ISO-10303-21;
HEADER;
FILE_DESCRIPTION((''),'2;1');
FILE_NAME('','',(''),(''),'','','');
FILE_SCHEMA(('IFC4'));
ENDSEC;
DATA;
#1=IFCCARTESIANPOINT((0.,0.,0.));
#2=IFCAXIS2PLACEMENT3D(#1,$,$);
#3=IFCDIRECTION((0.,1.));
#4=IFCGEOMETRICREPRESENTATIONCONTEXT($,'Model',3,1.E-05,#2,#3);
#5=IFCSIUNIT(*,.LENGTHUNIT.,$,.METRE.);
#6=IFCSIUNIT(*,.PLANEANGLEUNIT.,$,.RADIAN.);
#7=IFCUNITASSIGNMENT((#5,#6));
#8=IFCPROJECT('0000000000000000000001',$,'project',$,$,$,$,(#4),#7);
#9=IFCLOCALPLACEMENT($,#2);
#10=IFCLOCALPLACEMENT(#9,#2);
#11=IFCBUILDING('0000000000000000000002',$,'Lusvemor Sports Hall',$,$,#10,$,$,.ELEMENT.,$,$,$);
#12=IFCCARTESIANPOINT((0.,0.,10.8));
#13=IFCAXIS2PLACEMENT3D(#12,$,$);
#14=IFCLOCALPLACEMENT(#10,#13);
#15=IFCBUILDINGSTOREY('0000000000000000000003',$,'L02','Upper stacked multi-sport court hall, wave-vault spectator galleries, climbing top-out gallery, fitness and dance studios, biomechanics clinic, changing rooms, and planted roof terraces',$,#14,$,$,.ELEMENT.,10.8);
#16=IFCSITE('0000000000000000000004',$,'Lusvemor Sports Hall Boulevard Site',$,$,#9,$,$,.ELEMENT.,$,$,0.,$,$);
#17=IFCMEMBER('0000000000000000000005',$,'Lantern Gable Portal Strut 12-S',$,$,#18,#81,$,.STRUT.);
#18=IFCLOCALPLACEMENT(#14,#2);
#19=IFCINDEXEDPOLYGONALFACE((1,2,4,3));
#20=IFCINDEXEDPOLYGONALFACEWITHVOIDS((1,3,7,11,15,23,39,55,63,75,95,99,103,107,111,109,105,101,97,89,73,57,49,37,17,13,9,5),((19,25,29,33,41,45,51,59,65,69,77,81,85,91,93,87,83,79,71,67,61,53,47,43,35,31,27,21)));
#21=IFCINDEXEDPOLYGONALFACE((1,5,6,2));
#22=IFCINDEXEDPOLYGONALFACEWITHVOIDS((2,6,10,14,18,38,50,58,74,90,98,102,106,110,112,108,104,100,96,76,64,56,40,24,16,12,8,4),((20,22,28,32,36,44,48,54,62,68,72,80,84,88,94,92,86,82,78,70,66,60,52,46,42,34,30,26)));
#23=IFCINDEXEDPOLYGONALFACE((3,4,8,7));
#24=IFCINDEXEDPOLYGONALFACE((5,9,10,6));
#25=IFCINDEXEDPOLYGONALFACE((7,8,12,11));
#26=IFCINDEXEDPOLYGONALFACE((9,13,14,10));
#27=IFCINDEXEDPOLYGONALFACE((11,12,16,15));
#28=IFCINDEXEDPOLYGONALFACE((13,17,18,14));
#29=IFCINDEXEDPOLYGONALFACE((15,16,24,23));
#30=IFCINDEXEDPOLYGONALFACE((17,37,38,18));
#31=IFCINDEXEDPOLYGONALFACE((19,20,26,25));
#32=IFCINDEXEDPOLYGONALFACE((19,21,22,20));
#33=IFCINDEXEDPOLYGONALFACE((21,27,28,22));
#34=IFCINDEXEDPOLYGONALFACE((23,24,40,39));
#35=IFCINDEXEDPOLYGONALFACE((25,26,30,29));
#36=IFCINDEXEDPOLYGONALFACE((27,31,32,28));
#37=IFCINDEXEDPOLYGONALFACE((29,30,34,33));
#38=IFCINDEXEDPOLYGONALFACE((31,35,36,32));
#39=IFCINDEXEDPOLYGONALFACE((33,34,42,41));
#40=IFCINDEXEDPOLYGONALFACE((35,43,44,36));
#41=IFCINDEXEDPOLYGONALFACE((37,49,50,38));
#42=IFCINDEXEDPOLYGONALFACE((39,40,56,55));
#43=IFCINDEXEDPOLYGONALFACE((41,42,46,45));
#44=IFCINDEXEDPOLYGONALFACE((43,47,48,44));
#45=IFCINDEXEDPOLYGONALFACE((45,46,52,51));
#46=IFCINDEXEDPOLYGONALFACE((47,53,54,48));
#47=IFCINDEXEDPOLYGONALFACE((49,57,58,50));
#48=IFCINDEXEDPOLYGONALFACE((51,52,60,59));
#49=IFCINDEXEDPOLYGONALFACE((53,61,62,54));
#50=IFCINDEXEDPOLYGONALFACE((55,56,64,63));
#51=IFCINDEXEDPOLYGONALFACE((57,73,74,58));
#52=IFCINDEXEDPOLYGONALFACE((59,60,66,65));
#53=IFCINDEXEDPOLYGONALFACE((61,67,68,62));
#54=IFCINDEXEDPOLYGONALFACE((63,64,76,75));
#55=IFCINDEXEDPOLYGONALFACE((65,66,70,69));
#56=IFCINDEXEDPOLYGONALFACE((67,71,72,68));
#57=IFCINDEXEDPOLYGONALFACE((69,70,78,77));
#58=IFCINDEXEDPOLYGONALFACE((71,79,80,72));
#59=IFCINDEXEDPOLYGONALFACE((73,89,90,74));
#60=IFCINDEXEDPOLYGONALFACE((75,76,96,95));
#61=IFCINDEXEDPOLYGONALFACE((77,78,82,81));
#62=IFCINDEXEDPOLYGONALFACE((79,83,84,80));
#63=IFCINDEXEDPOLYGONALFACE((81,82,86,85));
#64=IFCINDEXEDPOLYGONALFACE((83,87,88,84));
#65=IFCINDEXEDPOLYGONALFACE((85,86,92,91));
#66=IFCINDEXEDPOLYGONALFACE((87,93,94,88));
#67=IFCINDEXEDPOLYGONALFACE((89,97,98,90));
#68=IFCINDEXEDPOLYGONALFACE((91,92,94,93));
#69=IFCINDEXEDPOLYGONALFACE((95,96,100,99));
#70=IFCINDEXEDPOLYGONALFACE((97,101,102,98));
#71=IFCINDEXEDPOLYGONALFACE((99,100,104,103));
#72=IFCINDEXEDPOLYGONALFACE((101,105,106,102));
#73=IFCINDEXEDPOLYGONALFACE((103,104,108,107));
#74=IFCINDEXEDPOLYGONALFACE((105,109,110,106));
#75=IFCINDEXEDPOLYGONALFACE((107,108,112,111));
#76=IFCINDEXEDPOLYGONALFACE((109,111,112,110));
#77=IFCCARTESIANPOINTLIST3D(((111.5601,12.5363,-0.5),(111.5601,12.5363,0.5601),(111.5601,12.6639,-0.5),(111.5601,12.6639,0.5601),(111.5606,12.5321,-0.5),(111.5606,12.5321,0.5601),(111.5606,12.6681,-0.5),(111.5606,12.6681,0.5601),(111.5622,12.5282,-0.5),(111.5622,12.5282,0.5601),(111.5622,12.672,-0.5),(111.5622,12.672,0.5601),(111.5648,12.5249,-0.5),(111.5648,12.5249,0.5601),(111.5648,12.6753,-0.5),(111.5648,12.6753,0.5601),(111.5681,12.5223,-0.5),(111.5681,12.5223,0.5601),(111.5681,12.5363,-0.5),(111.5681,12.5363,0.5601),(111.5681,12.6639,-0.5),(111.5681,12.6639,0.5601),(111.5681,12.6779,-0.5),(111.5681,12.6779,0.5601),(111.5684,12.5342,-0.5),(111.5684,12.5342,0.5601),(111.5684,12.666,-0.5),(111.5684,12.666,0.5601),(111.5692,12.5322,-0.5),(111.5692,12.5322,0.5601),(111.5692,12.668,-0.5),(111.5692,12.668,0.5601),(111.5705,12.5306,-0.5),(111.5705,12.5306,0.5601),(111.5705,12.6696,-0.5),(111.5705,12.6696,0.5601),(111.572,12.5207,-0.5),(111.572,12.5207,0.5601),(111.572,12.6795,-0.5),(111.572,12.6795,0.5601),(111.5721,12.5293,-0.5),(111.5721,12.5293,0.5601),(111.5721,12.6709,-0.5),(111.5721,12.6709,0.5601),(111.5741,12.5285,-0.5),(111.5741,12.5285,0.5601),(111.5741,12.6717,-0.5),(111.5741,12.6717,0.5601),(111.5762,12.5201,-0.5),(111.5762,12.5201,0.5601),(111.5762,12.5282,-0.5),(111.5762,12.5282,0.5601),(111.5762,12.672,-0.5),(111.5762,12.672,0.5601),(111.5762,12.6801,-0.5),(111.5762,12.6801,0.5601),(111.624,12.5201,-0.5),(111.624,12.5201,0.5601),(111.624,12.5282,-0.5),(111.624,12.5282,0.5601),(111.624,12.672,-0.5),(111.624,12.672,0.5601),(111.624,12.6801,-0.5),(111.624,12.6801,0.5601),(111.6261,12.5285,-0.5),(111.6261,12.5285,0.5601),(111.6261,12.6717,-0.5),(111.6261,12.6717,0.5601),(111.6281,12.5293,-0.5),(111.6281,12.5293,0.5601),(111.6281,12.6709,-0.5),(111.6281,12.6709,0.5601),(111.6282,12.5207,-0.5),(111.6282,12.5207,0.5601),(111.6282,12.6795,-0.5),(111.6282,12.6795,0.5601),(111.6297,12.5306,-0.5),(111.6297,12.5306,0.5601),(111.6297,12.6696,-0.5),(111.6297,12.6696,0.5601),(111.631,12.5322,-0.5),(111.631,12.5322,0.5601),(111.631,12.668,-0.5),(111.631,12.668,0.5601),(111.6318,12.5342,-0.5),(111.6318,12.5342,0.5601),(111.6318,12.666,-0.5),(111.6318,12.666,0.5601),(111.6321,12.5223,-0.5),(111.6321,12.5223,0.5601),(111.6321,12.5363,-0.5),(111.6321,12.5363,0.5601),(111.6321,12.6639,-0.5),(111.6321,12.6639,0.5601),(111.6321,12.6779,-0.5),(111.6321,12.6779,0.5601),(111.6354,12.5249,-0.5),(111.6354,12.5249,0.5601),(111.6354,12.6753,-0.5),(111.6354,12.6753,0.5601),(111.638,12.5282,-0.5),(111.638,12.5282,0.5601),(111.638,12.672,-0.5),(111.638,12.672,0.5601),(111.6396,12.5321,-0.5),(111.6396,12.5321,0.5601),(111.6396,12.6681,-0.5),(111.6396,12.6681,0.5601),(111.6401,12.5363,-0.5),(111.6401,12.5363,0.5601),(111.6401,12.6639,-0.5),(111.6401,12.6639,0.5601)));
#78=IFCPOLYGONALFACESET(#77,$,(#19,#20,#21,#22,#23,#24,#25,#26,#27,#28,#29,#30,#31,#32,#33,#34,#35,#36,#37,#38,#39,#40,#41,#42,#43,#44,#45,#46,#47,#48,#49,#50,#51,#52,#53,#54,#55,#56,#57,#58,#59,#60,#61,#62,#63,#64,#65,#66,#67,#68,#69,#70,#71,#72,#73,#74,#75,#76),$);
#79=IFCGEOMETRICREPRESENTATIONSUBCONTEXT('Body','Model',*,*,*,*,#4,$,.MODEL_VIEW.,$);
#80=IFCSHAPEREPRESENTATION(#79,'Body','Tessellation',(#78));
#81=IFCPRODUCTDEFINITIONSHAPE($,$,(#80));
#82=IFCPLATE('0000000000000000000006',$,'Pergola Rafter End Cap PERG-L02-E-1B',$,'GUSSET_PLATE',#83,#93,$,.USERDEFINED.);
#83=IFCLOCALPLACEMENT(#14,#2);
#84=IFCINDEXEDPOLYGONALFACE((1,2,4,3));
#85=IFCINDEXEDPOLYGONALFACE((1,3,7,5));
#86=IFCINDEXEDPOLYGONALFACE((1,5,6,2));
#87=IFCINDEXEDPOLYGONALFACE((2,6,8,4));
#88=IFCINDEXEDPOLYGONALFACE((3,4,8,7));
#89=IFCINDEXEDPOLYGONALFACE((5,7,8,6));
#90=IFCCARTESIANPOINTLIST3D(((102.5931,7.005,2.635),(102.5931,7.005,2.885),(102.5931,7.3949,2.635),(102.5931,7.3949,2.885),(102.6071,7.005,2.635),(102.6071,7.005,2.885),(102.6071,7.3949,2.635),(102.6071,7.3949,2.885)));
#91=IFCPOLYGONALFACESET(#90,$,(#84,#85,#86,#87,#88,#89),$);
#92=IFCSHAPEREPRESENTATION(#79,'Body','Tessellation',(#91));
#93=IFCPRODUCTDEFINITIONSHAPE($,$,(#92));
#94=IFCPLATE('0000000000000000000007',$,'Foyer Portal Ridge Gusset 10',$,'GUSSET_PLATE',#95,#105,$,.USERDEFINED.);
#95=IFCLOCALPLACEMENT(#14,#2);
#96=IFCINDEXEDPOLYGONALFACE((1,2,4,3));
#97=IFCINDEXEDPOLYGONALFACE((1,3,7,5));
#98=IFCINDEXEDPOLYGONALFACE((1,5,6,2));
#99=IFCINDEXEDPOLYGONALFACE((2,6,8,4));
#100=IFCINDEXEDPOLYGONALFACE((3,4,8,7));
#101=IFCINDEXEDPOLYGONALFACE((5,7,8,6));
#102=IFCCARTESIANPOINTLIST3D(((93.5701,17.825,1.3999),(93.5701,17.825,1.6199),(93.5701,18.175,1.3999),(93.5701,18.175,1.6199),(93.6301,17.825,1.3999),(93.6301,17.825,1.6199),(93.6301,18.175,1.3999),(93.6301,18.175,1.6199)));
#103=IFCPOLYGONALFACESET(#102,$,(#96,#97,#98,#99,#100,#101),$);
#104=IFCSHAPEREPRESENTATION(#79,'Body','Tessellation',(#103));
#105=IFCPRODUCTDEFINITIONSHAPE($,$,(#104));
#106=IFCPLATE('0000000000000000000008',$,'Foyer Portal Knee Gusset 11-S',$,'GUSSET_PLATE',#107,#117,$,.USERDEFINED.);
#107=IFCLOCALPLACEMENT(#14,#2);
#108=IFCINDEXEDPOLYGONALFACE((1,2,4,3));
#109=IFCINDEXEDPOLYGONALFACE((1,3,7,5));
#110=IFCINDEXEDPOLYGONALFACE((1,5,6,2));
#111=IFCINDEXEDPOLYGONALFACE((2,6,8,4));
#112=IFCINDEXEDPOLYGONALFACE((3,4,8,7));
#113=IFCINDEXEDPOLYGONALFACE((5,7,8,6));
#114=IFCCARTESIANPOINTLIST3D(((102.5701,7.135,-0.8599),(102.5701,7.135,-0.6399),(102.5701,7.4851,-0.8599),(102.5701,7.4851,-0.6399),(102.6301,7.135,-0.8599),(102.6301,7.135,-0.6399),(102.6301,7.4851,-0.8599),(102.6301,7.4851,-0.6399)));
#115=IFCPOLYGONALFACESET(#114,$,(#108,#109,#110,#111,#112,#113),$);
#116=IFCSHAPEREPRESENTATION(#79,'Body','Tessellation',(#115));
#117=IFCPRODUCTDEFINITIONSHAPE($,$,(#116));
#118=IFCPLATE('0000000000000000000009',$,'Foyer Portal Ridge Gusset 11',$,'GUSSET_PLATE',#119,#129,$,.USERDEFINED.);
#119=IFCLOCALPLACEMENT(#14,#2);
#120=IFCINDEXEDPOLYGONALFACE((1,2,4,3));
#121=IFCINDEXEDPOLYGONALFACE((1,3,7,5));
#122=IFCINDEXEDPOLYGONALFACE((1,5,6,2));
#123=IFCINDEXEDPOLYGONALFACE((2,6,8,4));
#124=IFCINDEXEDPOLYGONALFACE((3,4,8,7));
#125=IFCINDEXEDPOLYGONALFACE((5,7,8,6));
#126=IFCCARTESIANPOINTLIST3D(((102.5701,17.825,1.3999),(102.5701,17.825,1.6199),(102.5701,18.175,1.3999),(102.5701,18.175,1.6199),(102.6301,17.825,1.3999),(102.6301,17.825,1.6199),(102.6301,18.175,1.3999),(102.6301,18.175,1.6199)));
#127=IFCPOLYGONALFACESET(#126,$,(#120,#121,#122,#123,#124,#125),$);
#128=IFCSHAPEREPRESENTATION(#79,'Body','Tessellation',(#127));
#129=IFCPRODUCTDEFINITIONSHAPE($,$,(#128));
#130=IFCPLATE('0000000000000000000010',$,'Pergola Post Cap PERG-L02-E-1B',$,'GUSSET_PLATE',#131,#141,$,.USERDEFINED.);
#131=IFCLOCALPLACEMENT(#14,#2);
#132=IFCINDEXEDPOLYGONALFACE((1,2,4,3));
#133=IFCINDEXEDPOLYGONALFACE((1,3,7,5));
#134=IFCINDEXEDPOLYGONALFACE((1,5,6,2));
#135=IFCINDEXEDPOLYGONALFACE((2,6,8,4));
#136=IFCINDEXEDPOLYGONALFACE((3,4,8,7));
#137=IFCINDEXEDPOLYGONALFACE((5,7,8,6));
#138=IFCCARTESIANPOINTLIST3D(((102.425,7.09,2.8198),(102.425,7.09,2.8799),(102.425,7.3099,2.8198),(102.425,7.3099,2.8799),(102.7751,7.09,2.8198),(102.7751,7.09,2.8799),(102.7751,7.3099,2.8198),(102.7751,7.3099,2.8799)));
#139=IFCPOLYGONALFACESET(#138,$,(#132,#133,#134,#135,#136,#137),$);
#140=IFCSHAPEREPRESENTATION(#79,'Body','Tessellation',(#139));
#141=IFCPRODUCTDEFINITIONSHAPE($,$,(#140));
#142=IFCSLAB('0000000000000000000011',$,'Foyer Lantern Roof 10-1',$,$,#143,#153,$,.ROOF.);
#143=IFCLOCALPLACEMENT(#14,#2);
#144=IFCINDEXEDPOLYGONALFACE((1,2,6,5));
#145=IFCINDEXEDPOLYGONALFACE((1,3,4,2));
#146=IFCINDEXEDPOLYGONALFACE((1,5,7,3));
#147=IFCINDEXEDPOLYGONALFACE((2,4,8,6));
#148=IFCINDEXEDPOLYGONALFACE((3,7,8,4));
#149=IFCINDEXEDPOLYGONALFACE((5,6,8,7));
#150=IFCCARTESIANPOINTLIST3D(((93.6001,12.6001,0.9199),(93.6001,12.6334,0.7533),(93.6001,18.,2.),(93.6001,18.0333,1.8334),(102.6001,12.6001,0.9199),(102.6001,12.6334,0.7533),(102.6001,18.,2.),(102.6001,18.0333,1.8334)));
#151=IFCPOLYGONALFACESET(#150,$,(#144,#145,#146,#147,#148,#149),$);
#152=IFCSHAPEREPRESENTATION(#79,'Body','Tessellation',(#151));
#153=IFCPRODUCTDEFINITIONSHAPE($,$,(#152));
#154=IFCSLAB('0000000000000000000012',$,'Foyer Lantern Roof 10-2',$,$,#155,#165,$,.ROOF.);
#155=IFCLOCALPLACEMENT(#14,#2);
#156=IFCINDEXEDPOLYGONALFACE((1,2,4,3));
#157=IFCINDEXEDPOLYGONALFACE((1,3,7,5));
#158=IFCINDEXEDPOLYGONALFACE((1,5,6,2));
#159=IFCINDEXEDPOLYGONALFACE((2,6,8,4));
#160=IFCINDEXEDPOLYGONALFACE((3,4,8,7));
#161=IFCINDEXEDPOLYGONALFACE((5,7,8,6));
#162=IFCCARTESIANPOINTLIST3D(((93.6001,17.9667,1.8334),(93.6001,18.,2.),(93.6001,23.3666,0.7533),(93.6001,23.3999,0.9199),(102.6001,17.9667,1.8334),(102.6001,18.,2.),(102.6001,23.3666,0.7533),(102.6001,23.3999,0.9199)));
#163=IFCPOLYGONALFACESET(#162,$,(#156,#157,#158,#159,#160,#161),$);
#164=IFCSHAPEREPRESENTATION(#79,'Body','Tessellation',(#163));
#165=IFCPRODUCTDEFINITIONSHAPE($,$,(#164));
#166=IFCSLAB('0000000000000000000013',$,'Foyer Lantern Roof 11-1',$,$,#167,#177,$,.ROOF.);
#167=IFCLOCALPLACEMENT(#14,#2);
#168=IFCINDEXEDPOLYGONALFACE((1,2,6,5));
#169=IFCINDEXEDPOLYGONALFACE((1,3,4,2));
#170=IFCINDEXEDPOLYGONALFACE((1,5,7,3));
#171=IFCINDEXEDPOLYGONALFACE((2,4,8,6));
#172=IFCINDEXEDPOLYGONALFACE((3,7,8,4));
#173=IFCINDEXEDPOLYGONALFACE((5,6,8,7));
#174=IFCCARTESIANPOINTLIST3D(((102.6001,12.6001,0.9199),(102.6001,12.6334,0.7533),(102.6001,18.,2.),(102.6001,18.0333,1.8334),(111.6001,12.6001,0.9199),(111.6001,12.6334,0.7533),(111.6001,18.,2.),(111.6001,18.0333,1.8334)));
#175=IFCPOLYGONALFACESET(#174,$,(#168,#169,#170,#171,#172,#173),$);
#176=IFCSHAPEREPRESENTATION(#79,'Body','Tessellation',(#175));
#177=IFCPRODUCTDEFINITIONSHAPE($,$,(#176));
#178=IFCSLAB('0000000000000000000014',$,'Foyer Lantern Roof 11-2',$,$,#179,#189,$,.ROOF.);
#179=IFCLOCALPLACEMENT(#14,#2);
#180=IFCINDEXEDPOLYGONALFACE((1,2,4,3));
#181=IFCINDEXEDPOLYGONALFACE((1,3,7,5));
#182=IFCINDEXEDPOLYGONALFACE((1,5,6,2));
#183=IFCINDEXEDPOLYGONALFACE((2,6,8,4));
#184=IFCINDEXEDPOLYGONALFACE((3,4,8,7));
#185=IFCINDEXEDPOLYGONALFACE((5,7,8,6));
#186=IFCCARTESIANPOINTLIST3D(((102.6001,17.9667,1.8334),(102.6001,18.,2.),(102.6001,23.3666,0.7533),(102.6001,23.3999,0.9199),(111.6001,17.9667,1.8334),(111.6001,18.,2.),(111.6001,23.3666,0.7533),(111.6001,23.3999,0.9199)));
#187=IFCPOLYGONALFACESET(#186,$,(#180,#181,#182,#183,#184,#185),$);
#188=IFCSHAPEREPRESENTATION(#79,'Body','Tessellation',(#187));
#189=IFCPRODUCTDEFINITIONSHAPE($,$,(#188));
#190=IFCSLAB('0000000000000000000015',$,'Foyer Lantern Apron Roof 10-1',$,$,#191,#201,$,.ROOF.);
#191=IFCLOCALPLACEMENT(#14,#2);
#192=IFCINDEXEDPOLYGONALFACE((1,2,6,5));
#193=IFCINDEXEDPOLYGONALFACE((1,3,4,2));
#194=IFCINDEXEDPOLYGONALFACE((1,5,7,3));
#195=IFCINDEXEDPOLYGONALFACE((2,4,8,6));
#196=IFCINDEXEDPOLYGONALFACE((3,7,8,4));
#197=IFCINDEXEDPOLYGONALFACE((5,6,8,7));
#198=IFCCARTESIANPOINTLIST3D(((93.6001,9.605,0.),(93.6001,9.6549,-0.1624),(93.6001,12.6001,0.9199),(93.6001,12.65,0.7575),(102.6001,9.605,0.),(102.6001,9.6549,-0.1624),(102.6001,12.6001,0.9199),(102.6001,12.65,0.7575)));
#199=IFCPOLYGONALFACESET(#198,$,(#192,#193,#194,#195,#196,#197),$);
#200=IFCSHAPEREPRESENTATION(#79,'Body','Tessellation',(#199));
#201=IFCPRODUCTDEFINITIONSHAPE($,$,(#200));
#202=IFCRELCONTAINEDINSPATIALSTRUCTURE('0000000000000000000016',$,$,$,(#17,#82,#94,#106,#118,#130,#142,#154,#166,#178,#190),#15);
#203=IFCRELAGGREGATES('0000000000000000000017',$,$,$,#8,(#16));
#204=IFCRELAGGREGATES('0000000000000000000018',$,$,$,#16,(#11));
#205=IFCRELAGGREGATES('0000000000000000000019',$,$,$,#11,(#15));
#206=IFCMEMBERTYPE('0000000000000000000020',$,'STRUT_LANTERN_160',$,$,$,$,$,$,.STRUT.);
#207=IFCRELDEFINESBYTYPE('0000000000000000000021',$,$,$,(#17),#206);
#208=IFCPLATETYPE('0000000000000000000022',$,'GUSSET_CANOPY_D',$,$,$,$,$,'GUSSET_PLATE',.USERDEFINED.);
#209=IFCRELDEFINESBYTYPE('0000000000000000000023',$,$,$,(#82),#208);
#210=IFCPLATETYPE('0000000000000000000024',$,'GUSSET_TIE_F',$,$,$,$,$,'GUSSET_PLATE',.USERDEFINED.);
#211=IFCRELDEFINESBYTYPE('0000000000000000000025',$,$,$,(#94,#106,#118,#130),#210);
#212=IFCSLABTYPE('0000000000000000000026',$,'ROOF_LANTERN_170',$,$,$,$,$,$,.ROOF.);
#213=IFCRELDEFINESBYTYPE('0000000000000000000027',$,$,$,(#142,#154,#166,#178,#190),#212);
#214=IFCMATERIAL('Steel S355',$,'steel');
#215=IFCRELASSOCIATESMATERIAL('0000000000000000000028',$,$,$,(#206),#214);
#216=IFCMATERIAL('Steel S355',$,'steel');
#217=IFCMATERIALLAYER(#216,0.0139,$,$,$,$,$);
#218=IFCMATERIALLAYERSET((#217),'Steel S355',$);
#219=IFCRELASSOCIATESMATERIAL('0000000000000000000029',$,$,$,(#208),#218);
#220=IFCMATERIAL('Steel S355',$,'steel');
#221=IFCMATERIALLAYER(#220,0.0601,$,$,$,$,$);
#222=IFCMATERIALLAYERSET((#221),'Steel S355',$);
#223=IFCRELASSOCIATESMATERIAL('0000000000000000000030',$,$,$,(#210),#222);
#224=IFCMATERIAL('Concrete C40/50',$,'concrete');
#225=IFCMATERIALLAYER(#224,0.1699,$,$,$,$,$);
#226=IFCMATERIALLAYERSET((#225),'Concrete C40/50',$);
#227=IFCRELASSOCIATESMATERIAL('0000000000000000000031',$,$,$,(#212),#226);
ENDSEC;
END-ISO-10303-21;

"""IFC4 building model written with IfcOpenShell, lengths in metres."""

from ifc_helpers import new_model, si_unit, direction, frame, origin, origin_2d, place, context, subcontext, project, spatial, polyline, rectangle, hollow_rectangle, outline, extrude, material, layer, layer_set, material_profile, profile_set, type_object, element, save


model = new_model("IFC4")

# Units and contexts
model_context = context("Model", 3, precision=1e-05, world=origin(), true_north=direction((0.0, 1.0)))
body_context = subcontext(model_context, "Body", "Model", "MODEL_VIEW")
ifc_project = project(units=[si_unit("LENGTHUNIT", "METRE"), si_unit("PLANEANGLEUNIT", "RADIAN")], contexts=[model_context])

# Site, building, storey
site_placement = place(None, origin())
site = spatial("IfcSite", under=ifc_project, at=site_placement, Name="Lusvemor Sports Hall Boulevard Site", CompositionType="ELEMENT", RefElevation=0.0)
building_placement = place(site_placement, origin())
building = spatial("IfcBuilding", under=site, at=building_placement, Name="Lusvemor Sports Hall", CompositionType="ELEMENT")
storey_placement = place(building_placement, frame((0.0, 0.0, 10.8)))
storey = spatial("IfcBuildingStorey", under=building, at=storey_placement, Name="L02", Description="Upper stacked multi-sport court hall, wave-vault spectator galleries, climbing top-out gallery, fitness and dance studios, biomechanics clinic, changing rooms, and planted roof terraces", CompositionType="ELEMENT", Elevation=10.8)

# Member
ifc_material_1 = material(Name="Steel S355", Category="steel")
ifc_material_profile_1 = material_profile(ifc_material_1, hollow_rectangle(XDim=0.0801, YDim=0.1599, WallThickness=0.0081, InnerFilletRadius=0.0081, OuterFilletRadius=0.0161, at=origin_2d()), Name="RHS160x80x8")
ifc_profile_set_1 = profile_set([ifc_material_profile_1], Name="Steel S355")
member_type_1 = type_object("IfcMemberType", Name="STRUT_LANTERN_160", PredefinedType="STRUT", material=ifc_profile_set_1)
member_1_placement = place(storey_placement, frame((111.6001, 12.6001, -0.5), z_axis=(0.0, 0.0, 1.0), x_axis=(1.0, 0.0, 0.0)))
element("IfcMember", 1, at=member_1_placement, inside=storey, type_object=member_type_1, Name="Lantern Gable Portal Strut 12-S", PredefinedType="STRUT", context=body_context, shape_type="SweptSolid", body=[
    extrude(hollow_rectangle(XDim=0.0801, YDim=0.1599, WallThickness=0.0081, InnerFilletRadius=0.0081, OuterFilletRadius=0.0161, at=origin_2d()), origin(), (0.0, 0.0, 1.0), 1.0601),
])

# Plates
ifc_material_2 = material(Name="Steel S355", Category="steel")
ifc_layer_1 = layer(ifc_material_2, 0.0139)
ifc_layer_set_1 = layer_set([ifc_layer_1], Name="Steel S355")
plate_type_1 = type_object("IfcPlateType", Name="GUSSET_CANOPY_D", ElementType="GUSSET_PLATE", PredefinedType="USERDEFINED", material=ifc_layer_set_1)
plate_1_placement = place(storey_placement, frame((102.6001, 7.2, 2.635), z_axis=(0.0, 0.0, 1.0), x_axis=(1.0, 0.0, 0.0)))
element("IfcPlate", 2, at=plate_1_placement, inside=storey, type_object=plate_type_1, Name="Pergola Rafter End Cap PERG-L02-E-1B", ObjectType="GUSSET_PLATE", PredefinedType="USERDEFINED", context=body_context, shape_type="SweptSolid", body=[
    extrude(rectangle(XDim=0.0139, YDim=0.3899, at=origin_2d()), origin(), (0.0, 0.0, 1.0), 0.25),
])
ifc_material_3 = material(Name="Steel S355", Category="steel")
ifc_layer_2 = layer(ifc_material_3, 0.0601)
ifc_layer_set_2 = layer_set([ifc_layer_2], Name="Steel S355")
plate_type_2 = type_object("IfcPlateType", Name="GUSSET_TIE_F", ElementType="GUSSET_PLATE", PredefinedType="USERDEFINED", material=ifc_layer_set_2)
for number, where, z_axis, x_axis, name in (
    (3, (93.6001, 18.0, 1.3999), (0.0, 0.0, 1.0), (1.0, 0.0, 0.0), "Foyer Portal Ridge Gusset 10"),
    (4, (102.6001, 7.3101, -0.8599), (0.0, 0.0, 1.0), (1.0, 0.0, 0.0), "Foyer Portal Knee Gusset 11-S"),
    (5, (102.6001, 18.0, 1.3999), (0.0, 0.0, 1.0), (1.0, 0.0, 0.0), "Foyer Portal Ridge Gusset 11"),
):
    element("IfcPlate", number, at=place(storey_placement, frame(where, z_axis=z_axis, x_axis=x_axis)), inside=storey, type_object=plate_type_2, Name=name, ObjectType="GUSSET_PLATE", PredefinedType="USERDEFINED", context=body_context, shape_type="SweptSolid", body=[
        extrude(rectangle(XDim=0.0601, YDim=0.3501, at=origin_2d()), origin(), (0.0, 0.0, 1.0), 0.22),
    ])
plate_2_placement = place(storey_placement, frame((102.6001, 7.2, 2.8198), z_axis=(0.0, 0.0, 1.0), x_axis=(1.0, 0.0, 0.0)))
element("IfcPlate", 6, at=plate_2_placement, inside=storey, type_object=plate_type_2, Name="Pergola Post Cap PERG-L02-E-1B", ObjectType="GUSSET_PLATE", PredefinedType="USERDEFINED", context=body_context, shape_type="SweptSolid", body=[
    extrude(rectangle(XDim=0.3501, YDim=0.22, at=origin_2d()), origin(), (0.0, 0.0, 1.0), 0.0601),
])

# Slabs
ifc_material_4 = material(Name="Concrete C40/50", Category="concrete")
ifc_layer_3 = layer(ifc_material_4, 0.1699)
ifc_layer_set_3 = layer_set([ifc_layer_3], Name="Concrete C40/50")
slab_type = type_object("IfcSlabType", Name="ROOF_LANTERN_170", PredefinedType="ROOF", material=ifc_layer_set_3)
for number, where, z_axis, x_axis, name in (
    (7, (93.6001, 12.6001, 0.9199), (0.0, -0.196133, 0.980577), (1.0, 0.0, 0.0), "Foyer Lantern Roof 10-1"),
    (8, (93.6001, 18.0, 2.0), (0.0, 0.196133, 0.980577), (1.0, 0.0, 0.0), "Foyer Lantern Roof 10-2"),
    (9, (102.6001, 12.6001, 0.9199), (0.0, -0.196133, 0.980577), (1.0, 0.0, 0.0), "Foyer Lantern Roof 11-1"),
    (10, (102.6001, 18.0, 2.0), (0.0, 0.196133, 0.980577), (1.0, 0.0, 0.0), "Foyer Lantern Roof 11-2"),
):
    element("IfcSlab", number, at=place(storey_placement, frame(where, z_axis=z_axis, x_axis=x_axis)), inside=storey, type_object=slab_type, Name=name, PredefinedType="ROOF", context=body_context, shape_type="SweptSolid", body=[
        extrude(outline(polyline([(0.0, 0.0), (9.0, 0.0), (9.0, 5.5069), (0.0, 5.5069), (0.0, 0.0)])), origin(), (0.0, 0.0, -1.0), 0.1699),
    ])
for number, where, z_axis, x_axis, name in (
    (11, (93.6001, 9.605, 0.0), (0.0, -0.293604, 0.955927), (1.0, 0.0, 0.0), "Foyer Lantern Apron Roof 10-1"),
):
    element("IfcSlab", number, at=place(storey_placement, frame(where, z_axis=z_axis, x_axis=x_axis)), inside=storey, type_object=slab_type, Name=name, PredefinedType="ROOF", context=body_context, shape_type="SweptSolid", body=[
        extrude(outline(polyline([(0.0, 0.0), (9.0, 0.0), (9.0, 3.1332), (0.0, 3.1332), (0.0, 0.0)])), origin(), (0.0, 0.0, -1.0), 0.1699),
    ])

save(model, "model.ifc")
